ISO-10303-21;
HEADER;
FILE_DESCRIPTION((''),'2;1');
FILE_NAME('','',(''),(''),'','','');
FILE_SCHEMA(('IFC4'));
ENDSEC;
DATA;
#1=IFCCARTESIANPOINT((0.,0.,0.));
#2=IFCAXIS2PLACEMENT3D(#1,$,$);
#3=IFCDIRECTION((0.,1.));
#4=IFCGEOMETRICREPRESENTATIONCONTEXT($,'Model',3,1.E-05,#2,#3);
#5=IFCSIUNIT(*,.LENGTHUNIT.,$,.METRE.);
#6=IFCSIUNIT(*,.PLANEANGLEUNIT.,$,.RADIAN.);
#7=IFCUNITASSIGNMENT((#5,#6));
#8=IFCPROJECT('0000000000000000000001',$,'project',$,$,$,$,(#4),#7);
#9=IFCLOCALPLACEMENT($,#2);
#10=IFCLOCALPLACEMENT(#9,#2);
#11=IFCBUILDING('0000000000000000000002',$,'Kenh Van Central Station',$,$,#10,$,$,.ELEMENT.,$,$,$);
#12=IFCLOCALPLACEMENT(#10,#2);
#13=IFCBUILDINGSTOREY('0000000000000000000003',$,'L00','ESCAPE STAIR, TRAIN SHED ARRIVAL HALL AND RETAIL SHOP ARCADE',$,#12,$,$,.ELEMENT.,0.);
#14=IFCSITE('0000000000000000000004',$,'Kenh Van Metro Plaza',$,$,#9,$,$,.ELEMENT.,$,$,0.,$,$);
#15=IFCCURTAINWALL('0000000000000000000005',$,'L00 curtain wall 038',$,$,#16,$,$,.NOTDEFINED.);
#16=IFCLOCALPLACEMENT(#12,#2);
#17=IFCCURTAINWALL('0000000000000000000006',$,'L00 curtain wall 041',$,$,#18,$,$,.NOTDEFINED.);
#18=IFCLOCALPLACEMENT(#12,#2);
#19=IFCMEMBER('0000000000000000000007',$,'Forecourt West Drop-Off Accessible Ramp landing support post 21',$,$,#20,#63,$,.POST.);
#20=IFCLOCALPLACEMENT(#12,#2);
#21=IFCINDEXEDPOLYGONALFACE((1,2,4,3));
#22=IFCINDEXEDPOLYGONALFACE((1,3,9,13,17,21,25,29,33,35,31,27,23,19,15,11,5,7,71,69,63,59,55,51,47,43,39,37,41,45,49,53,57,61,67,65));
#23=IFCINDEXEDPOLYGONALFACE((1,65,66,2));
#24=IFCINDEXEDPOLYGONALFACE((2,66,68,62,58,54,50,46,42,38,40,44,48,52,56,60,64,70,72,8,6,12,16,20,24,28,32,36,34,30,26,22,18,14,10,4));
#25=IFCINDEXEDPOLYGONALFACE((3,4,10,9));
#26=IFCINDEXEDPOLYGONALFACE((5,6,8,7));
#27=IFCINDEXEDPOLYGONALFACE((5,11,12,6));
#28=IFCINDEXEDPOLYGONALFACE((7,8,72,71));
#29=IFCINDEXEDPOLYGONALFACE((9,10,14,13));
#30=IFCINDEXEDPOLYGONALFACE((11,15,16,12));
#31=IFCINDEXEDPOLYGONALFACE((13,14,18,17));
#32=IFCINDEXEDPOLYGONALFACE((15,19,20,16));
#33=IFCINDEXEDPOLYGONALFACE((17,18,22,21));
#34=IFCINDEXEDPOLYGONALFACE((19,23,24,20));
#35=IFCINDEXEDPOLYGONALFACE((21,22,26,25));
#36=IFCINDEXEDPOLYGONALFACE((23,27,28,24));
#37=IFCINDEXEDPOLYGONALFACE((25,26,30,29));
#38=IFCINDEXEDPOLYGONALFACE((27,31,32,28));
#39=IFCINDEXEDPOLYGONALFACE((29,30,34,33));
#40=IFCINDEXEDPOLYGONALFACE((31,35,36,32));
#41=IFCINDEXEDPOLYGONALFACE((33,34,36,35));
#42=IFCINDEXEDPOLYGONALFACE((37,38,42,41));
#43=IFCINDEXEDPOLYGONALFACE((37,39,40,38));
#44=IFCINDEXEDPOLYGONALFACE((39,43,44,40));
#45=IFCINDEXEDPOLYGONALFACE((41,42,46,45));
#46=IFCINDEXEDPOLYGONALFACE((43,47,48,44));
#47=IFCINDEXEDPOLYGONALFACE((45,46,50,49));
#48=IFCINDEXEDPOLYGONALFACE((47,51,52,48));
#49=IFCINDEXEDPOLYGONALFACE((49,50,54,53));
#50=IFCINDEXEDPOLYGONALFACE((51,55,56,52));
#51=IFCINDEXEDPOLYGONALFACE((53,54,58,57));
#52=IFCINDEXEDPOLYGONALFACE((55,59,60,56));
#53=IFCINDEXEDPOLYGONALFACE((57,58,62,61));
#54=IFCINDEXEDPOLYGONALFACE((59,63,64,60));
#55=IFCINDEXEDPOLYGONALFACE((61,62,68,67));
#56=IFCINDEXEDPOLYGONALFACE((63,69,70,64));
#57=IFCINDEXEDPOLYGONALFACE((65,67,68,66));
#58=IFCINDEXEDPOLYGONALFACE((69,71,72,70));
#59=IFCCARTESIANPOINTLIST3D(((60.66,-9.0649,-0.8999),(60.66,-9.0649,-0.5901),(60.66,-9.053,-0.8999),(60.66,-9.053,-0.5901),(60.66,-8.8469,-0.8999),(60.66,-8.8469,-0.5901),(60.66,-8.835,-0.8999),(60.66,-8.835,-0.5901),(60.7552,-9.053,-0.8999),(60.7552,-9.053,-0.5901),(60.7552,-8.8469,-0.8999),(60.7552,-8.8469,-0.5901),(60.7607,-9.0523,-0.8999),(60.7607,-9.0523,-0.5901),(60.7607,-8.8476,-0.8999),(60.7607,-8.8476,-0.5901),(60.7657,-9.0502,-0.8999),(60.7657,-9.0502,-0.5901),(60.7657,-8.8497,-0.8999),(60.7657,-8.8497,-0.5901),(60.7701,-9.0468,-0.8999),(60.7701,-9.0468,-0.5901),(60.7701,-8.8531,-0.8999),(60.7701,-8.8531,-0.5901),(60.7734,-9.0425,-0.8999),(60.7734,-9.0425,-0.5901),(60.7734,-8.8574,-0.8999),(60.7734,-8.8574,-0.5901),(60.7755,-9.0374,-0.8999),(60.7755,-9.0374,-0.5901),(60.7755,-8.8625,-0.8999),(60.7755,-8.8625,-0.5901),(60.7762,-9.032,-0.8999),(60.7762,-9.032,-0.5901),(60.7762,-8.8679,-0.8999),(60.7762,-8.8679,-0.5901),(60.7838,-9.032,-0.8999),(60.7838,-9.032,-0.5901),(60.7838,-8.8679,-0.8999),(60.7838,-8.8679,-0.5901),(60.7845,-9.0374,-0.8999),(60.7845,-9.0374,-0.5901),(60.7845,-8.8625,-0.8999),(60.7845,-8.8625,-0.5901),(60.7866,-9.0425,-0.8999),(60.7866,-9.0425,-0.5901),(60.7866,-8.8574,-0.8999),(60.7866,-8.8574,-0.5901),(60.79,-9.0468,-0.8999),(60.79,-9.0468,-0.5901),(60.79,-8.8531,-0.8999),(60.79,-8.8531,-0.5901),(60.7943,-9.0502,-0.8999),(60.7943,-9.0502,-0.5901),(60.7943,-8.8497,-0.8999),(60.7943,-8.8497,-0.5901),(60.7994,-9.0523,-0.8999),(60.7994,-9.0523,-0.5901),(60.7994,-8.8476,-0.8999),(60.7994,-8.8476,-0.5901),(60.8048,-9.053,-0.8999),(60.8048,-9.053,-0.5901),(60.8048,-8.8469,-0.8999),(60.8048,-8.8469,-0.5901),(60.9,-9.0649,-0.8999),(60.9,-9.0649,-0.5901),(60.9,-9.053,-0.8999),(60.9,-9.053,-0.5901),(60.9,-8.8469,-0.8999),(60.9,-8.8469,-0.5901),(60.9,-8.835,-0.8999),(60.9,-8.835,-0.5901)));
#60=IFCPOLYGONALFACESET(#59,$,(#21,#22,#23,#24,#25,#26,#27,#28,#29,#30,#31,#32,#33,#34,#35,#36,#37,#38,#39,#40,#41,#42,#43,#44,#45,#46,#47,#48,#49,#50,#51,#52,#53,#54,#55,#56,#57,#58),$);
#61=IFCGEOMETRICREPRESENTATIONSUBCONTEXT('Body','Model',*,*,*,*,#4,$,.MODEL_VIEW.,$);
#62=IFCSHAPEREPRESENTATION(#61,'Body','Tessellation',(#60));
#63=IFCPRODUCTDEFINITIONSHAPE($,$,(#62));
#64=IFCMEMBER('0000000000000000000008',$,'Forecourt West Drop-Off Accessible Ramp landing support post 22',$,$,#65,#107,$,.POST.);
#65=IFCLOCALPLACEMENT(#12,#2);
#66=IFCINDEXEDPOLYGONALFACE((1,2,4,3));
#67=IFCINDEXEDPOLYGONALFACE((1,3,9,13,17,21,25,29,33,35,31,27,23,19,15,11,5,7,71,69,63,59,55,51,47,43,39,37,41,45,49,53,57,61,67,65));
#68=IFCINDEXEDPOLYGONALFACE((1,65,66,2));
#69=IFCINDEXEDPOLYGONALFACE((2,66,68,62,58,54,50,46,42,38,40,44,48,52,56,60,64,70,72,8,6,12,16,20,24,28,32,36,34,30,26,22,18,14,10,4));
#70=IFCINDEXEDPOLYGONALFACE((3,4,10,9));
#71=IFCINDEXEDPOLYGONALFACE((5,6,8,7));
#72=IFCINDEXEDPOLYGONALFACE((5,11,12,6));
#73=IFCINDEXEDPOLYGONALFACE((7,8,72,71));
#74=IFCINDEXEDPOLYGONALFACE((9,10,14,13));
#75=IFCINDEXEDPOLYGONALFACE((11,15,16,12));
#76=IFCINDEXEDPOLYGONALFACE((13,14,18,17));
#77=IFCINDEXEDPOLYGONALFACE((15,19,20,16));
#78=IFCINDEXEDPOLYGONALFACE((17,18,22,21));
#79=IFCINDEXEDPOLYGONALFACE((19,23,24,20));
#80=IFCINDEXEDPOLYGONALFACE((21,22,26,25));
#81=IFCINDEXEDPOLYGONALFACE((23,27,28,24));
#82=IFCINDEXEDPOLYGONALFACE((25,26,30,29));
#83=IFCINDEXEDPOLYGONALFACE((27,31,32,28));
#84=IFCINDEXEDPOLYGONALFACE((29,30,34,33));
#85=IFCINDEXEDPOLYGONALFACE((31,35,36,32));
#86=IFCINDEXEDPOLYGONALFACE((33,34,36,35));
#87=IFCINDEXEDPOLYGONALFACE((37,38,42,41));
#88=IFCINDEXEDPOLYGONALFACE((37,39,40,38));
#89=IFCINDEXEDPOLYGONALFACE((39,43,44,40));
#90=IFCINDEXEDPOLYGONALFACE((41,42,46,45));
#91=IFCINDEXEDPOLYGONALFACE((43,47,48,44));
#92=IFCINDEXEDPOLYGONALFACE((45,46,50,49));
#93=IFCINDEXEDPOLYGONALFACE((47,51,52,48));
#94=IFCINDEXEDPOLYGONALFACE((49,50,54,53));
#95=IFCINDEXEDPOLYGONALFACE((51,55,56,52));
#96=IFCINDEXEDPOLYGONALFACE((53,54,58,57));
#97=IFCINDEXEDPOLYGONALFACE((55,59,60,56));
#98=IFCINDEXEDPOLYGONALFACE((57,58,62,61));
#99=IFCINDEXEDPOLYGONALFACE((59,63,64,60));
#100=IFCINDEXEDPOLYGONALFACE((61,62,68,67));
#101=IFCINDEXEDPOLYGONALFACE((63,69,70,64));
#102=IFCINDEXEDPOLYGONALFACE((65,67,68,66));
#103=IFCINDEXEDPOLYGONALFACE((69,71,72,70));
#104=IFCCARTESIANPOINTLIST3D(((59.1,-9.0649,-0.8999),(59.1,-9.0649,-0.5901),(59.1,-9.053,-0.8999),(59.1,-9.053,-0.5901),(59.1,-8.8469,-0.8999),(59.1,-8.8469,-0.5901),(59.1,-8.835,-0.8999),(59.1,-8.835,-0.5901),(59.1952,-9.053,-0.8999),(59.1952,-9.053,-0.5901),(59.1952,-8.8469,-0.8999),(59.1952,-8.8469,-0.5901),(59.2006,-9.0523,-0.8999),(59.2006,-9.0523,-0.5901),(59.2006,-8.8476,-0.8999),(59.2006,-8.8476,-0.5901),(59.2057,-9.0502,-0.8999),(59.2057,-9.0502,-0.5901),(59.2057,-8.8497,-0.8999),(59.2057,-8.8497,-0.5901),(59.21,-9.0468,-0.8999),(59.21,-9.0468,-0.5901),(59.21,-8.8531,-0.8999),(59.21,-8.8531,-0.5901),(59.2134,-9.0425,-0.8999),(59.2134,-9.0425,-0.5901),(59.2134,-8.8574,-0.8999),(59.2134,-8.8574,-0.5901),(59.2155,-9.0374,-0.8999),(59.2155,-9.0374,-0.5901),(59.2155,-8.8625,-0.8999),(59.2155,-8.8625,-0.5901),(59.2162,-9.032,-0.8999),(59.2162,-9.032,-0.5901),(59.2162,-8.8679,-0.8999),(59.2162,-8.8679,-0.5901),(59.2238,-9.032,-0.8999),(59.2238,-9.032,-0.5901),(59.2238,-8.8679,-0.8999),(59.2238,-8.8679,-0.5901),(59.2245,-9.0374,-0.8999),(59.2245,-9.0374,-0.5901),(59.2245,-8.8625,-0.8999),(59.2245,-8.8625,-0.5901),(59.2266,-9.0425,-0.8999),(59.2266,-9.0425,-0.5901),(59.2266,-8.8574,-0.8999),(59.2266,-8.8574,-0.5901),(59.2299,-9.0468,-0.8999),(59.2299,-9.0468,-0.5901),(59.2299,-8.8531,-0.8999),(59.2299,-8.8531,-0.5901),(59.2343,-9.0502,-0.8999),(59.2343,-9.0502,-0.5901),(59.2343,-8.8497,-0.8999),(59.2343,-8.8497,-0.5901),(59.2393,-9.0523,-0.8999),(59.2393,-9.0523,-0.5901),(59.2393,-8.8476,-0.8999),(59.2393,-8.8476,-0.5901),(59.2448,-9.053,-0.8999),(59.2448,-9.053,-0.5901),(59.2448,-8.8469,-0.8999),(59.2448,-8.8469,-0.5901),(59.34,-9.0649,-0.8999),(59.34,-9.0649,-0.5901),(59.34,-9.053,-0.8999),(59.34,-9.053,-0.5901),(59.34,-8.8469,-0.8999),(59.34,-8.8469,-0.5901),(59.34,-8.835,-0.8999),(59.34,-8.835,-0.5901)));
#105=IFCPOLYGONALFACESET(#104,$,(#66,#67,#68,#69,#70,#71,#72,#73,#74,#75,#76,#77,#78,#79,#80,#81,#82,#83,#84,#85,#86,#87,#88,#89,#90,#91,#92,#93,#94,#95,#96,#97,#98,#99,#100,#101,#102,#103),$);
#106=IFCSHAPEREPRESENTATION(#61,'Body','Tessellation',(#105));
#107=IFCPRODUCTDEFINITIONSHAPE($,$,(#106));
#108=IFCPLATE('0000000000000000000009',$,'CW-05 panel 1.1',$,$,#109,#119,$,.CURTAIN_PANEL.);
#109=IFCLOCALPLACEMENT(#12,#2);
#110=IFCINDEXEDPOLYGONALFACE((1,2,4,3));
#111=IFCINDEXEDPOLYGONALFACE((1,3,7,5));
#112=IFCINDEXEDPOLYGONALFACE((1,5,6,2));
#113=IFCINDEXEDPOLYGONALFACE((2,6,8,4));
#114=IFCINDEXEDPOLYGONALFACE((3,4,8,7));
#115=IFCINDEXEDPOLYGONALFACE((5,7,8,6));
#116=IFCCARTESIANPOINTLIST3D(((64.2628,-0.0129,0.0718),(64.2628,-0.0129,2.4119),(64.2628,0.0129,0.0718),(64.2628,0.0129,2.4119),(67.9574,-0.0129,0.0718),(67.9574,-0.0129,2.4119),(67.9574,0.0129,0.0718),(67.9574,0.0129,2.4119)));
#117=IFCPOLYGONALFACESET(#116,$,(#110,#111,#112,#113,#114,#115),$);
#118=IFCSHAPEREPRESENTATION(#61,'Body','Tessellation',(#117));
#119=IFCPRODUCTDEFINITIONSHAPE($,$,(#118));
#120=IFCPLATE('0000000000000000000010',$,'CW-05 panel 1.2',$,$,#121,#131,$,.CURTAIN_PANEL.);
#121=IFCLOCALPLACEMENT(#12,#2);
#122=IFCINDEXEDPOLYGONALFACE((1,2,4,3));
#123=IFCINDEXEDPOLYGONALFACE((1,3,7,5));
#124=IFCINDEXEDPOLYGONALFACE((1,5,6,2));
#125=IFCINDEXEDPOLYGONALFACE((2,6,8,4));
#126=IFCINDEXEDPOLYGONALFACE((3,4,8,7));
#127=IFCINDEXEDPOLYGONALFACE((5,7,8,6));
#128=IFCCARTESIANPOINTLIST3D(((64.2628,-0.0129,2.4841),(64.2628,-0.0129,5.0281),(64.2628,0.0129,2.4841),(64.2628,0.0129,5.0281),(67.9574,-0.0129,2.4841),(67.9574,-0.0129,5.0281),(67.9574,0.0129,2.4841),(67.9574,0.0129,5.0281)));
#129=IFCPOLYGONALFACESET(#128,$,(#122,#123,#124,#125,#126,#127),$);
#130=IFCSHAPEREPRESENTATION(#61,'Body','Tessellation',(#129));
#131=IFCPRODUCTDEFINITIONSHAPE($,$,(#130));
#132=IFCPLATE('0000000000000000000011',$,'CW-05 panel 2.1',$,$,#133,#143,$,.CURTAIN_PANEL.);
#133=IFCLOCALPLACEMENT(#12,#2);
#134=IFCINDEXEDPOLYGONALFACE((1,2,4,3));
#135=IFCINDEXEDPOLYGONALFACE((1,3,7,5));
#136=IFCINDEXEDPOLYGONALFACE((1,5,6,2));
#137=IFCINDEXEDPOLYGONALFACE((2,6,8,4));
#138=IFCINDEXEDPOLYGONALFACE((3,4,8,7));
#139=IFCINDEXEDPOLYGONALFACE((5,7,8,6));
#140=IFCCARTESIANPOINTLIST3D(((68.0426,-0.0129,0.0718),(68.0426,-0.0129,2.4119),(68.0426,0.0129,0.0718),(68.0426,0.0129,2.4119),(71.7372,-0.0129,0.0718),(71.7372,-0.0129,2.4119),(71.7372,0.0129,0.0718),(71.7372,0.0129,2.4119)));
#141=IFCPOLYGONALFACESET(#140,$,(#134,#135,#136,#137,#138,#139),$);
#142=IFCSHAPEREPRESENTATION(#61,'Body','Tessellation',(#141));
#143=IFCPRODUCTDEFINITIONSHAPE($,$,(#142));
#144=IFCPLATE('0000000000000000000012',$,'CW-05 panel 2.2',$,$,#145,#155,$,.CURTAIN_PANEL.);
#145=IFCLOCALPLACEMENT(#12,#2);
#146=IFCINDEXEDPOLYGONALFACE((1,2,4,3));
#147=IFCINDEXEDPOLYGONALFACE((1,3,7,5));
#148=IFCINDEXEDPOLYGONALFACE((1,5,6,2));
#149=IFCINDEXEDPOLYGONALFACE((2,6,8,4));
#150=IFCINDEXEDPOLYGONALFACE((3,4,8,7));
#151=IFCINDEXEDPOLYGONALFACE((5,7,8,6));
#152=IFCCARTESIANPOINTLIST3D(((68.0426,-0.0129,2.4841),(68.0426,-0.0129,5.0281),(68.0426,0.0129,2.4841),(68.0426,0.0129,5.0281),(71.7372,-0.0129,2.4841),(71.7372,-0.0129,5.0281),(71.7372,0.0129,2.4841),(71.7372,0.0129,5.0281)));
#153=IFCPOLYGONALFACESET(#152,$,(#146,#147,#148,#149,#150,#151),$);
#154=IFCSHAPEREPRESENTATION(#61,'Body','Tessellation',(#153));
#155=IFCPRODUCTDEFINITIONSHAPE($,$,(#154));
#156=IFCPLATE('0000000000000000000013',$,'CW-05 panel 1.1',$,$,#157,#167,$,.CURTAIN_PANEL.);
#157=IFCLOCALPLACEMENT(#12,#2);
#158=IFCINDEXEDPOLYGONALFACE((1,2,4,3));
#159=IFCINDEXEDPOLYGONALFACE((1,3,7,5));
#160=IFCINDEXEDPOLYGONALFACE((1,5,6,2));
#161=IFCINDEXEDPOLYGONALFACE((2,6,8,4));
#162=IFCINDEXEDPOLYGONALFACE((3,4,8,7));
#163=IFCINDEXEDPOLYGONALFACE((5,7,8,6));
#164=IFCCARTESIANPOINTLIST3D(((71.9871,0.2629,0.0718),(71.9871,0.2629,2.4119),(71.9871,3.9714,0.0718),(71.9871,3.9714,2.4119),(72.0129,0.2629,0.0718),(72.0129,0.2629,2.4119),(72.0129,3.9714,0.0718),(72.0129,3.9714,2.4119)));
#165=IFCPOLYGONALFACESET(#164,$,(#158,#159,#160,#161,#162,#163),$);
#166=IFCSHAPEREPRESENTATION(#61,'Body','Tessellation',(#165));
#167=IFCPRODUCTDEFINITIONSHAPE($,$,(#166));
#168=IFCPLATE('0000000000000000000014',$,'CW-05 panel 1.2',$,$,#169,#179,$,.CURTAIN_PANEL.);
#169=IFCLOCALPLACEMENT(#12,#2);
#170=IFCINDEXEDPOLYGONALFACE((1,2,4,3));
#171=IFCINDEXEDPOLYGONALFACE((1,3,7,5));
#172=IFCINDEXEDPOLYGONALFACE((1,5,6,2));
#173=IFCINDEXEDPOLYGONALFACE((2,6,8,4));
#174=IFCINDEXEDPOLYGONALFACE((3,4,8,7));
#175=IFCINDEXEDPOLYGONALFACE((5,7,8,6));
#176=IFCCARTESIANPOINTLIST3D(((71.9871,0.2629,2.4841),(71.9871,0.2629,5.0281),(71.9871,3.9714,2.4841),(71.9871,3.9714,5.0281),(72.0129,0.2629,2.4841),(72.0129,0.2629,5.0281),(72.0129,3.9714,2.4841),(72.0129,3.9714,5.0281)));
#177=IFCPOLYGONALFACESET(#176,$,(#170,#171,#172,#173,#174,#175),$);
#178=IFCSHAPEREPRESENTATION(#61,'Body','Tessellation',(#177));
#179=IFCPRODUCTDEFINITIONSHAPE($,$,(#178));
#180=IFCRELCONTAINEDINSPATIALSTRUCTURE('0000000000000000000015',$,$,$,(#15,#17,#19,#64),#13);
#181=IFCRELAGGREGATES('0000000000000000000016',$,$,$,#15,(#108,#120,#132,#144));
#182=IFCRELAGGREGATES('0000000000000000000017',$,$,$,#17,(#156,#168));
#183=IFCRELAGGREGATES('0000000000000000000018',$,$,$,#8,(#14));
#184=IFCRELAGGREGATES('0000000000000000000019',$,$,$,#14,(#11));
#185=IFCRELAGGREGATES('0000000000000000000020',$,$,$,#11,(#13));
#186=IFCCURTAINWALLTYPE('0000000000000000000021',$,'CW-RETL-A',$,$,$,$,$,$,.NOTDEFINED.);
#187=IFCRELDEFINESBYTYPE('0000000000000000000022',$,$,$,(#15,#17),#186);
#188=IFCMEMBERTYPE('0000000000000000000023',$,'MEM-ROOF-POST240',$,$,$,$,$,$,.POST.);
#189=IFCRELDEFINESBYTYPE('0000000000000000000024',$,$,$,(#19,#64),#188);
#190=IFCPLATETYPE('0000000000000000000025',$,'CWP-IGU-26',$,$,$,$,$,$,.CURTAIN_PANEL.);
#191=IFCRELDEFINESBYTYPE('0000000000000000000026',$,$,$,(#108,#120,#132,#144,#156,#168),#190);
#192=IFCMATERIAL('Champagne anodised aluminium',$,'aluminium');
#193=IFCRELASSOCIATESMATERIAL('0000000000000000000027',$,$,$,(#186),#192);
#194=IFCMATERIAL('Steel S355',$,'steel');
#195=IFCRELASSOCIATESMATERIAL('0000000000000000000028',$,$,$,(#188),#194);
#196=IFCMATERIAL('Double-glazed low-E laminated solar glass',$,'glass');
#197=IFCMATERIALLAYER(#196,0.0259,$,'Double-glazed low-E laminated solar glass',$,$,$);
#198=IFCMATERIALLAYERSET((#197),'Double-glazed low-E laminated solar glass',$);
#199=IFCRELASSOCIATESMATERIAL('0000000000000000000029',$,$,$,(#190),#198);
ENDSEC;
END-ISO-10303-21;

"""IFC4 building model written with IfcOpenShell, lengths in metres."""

from ifc_helpers import new_model, si_unit, direction, frame, origin, origin_2d, place, context, subcontext, project, spatial, rectangle, i_section, extrude, material, layer, layer_set, material_profile, profile_set, type_object, element, aggregate, save


model = new_model("IFC4")

# Units and contexts
model_context = context("Model", 3, precision=1e-05, world=origin(), true_north=direction((0.0, 1.0)))
body_context = subcontext(model_context, "Body", "Model", "MODEL_VIEW")
ifc_project = project(units=[si_unit("LENGTHUNIT", "METRE"), si_unit("PLANEANGLEUNIT", "RADIAN")], contexts=[model_context])

# Site, building, storey
site_placement = place(None, origin())
site = spatial("IfcSite", under=ifc_project, at=site_placement, Name="Kenh Van Metro Plaza", CompositionType="ELEMENT", RefElevation=0.0)
building_placement = place(site_placement, origin())
building = spatial("IfcBuilding", under=site, at=building_placement, Name="Kenh Van Central Station", CompositionType="ELEMENT")
storey_placement = place(building_placement, origin())
storey = spatial("IfcBuildingStorey", under=building, at=storey_placement, Name="L00", Description="ESCAPE STAIR, TRAIN SHED ARRIVAL HALL AND RETAIL SHOP ARCADE", CompositionType="ELEMENT", Elevation=0.0)

# Shared definitions
ifc_material_1 = material(Name="Steel S355", Category="steel")

# Curtain walls
ifc_material_2 = material(Name="Champagne anodised aluminium", Category="aluminium")
curtain_wall_type = type_object("IfcCurtainWallType", Name="CW-RETL-A", PredefinedType="NOTDEFINED", material=ifc_material_2)
curtain_wall_1_placement = place(storey_placement, origin())
curtain_wall_1 = element("IfcCurtainWall", 1, at=curtain_wall_1_placement, inside=storey, type_object=curtain_wall_type, Name="L00 curtain wall 038", PredefinedType="NOTDEFINED")
curtain_wall_2_placement = place(storey_placement, origin())
curtain_wall_2 = element("IfcCurtainWall", 2, at=curtain_wall_2_placement, inside=storey, type_object=curtain_wall_type, Name="L00 curtain wall 041", PredefinedType="NOTDEFINED")

# Members
ifc_material_profile_1 = material_profile(ifc_material_1, i_section(OverallWidth=0.24, OverallDepth=0.23, WebThickness=0.0076, FlangeThickness=0.012, FilletRadius=0.021, at=origin_2d()), Name="HEA 240")
ifc_profile_set_1 = profile_set([ifc_material_profile_1], Name="Steel S355")
member_type_1 = type_object("IfcMemberType", Name="MEM-ROOF-POST240", PredefinedType="POST", material=ifc_profile_set_1)
for number, where, z_axis, x_axis, name in (
    (3, (60.78, -8.95, -0.8999), (0.0, 0.0, 1.0), (1.0, 0.0, 0.0), "Forecourt West Drop-Off Accessible Ramp landing support post 21"),
    (4, (59.22, -8.95, -0.8999), (0.0, 0.0, 1.0), (1.0, 0.0, 0.0), "Forecourt West Drop-Off Accessible Ramp landing support post 22"),
):
    element("IfcMember", number, at=place(storey_placement, frame(where, z_axis=z_axis, x_axis=x_axis)), inside=storey, type_object=member_type_1, Name=name, PredefinedType="POST", context=body_context, shape_type="SweptSolid", body=[
        extrude(i_section(OverallWidth=0.24, OverallDepth=0.23, WebThickness=0.0076, FlangeThickness=0.012, FilletRadius=0.021, at=origin_2d()), origin(), (0.0, 0.0, 1.0), 0.3098),
    ])

# Plates
ifc_material_3 = material(Name="Double-glazed low-E laminated solar glass", Category="glass")
ifc_layer_1 = layer(ifc_material_3, 0.0259, Name="Double-glazed low-E laminated solar glass")
ifc_layer_set_1 = layer_set([ifc_layer_1], Name="Double-glazed low-E laminated solar glass")
plate_type = type_object("IfcPlateType", Name="CWP-IGU-26", PredefinedType="CURTAIN_PANEL", material=ifc_layer_set_1)
plate_1_placement = place(storey_placement, frame((66.1101, 0.0, 0.0718), z_axis=(0.0, 0.0, 1.0), x_axis=(1.0, 0.0, 0.0)))
plate_1 = element("IfcPlate", 5, at=plate_1_placement, type_object=plate_type, Name="CW-05 panel 1.1", PredefinedType="CURTAIN_PANEL", context=body_context, shape_type="SweptSolid", body=[
    extrude(rectangle(XDim=3.6946, YDim=0.0259, at=origin_2d()), origin(), (0.0, 0.0, 1.0), 2.3401),
])
plate_2_placement = place(storey_placement, frame((66.1101, 0.0, 2.4841), z_axis=(0.0, 0.0, 1.0), x_axis=(1.0, 0.0, 0.0)))
plate_2 = element("IfcPlate", 6, at=plate_2_placement, type_object=plate_type, Name="CW-05 panel 1.2", PredefinedType="CURTAIN_PANEL", context=body_context, shape_type="SweptSolid", body=[
    extrude(rectangle(XDim=3.6946, YDim=0.0259, at=origin_2d()), origin(), (0.0, 0.0, 1.0), 2.5439),
])
plate_3_placement = place(storey_placement, frame((69.8899, 0.0, 0.0718), z_axis=(0.0, 0.0, 1.0), x_axis=(1.0, 0.0, 0.0)))
plate_3 = element("IfcPlate", 7, at=plate_3_placement, type_object=plate_type, Name="CW-05 panel 2.1", PredefinedType="CURTAIN_PANEL", context=body_context, shape_type="SweptSolid", body=[
    extrude(rectangle(XDim=3.6946, YDim=0.0259, at=origin_2d()), origin(), (0.0, 0.0, 1.0), 2.3401),
])
plate_4_placement = place(storey_placement, frame((69.8899, 0.0, 2.4841), z_axis=(0.0, 0.0, 1.0), x_axis=(1.0, 0.0, 0.0)))
plate_4 = element("IfcPlate", 8, at=plate_4_placement, type_object=plate_type, Name="CW-05 panel 2.2", PredefinedType="CURTAIN_PANEL", context=body_context, shape_type="SweptSolid", body=[
    extrude(rectangle(XDim=3.6946, YDim=0.0259, at=origin_2d()), origin(), (0.0, 0.0, 1.0), 2.5439),
])
aggregate(curtain_wall_1, [plate_1, plate_2, plate_3, plate_4])
plate_5_placement = place(storey_placement, frame((72.0, 2.1172, 0.0718), z_axis=(0.0, 0.0, 1.0), x_axis=(0.0, 1.0, 0.0)))
plate_5 = element("IfcPlate", 9, at=plate_5_placement, type_object=plate_type, Name="CW-05 panel 1.1", PredefinedType="CURTAIN_PANEL", context=body_context, shape_type="SweptSolid", body=[
    extrude(rectangle(XDim=3.7085, YDim=0.0259, at=origin_2d()), origin(), (0.0, 0.0, 1.0), 2.3401),
])
plate_6_placement = place(storey_placement, frame((72.0, 2.1172, 2.4841), z_axis=(0.0, 0.0, 1.0), x_axis=(0.0, 1.0, 0.0)))
plate_6 = element("IfcPlate", 10, at=plate_6_placement, type_object=plate_type, Name="CW-05 panel 1.2", PredefinedType="CURTAIN_PANEL", context=body_context, shape_type="SweptSolid", body=[
    extrude(rectangle(XDim=3.7085, YDim=0.0259, at=origin_2d()), origin(), (0.0, 0.0, 1.0), 2.5439),
])
aggregate(curtain_wall_2, [plate_5, plate_6])

save(model, "model.ifc")
